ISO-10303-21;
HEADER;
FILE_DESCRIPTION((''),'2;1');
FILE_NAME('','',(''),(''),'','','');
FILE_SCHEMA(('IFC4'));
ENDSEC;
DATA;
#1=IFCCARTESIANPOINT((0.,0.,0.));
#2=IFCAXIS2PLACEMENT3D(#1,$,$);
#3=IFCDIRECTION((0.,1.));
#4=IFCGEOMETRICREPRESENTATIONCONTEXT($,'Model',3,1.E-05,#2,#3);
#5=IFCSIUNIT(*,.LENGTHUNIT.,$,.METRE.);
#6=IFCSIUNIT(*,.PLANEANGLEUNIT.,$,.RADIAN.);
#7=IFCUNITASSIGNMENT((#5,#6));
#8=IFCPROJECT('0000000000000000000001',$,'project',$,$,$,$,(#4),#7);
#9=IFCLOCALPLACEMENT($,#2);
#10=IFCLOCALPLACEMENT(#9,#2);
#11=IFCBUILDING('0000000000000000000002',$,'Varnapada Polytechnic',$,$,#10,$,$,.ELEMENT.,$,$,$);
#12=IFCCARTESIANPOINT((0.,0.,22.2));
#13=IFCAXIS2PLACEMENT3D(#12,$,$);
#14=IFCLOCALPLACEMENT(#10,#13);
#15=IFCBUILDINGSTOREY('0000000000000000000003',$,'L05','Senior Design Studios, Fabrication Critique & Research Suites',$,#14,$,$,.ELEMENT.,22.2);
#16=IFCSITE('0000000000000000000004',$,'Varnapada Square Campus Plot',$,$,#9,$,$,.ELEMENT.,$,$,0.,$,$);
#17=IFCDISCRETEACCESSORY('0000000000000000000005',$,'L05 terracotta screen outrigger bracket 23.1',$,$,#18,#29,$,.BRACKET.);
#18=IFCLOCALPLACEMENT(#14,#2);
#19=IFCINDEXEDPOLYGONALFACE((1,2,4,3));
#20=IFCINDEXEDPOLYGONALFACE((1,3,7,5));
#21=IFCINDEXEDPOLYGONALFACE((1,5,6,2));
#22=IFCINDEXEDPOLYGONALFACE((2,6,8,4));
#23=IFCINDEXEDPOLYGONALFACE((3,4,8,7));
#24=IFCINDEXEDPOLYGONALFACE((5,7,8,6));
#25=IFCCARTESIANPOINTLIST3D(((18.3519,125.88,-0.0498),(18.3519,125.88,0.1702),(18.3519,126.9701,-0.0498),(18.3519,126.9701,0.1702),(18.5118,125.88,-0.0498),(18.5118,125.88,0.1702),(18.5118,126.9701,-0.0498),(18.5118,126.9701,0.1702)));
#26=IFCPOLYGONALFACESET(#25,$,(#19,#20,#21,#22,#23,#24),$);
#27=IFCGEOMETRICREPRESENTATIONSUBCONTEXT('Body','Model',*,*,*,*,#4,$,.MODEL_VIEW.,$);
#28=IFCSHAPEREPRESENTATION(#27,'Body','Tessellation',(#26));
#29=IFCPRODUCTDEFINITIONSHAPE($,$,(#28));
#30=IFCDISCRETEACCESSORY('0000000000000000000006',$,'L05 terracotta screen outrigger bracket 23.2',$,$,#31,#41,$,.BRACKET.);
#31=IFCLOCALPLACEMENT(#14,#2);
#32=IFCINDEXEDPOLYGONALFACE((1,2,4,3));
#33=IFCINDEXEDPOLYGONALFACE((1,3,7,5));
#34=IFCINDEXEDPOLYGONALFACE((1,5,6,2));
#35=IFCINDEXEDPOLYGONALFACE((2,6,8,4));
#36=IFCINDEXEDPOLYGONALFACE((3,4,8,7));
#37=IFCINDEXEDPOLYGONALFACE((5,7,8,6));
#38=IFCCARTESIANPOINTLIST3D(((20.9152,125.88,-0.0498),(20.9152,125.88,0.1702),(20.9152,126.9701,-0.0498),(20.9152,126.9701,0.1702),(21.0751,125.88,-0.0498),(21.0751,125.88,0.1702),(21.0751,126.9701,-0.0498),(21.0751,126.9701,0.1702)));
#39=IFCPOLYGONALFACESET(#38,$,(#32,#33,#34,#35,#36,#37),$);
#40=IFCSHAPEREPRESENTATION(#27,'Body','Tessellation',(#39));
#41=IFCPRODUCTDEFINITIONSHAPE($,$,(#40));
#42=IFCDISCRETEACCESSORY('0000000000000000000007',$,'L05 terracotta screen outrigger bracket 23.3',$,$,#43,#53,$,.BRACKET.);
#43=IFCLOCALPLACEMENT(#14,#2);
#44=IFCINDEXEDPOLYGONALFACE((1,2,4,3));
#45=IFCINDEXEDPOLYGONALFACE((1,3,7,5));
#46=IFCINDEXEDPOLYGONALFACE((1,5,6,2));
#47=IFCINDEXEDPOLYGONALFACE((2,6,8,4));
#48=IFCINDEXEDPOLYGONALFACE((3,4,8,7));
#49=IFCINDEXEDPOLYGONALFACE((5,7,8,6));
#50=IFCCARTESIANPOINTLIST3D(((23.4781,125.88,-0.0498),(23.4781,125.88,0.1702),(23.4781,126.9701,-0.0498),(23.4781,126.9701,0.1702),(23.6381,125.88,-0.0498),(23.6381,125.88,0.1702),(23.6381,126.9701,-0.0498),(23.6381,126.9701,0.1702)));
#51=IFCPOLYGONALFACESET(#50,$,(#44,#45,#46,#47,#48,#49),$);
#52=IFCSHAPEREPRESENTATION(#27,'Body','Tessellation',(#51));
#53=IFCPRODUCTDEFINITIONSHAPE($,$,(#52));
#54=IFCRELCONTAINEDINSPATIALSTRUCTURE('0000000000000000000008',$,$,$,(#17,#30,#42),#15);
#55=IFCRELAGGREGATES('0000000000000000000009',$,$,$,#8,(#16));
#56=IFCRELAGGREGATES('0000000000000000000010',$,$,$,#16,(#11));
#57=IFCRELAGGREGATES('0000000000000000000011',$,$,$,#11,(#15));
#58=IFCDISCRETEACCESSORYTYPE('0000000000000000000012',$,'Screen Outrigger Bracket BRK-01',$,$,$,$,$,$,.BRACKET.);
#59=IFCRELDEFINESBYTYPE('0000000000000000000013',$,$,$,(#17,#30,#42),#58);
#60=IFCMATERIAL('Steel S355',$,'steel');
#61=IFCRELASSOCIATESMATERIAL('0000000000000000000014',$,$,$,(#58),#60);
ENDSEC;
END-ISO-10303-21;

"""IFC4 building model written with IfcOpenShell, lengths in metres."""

from ifc_helpers import new_model, si_unit, direction, frame, origin, origin_2d, place, context, subcontext, project, spatial, rectangle, extrude, material, type_object, element, save


model = new_model("IFC4")

# Units and contexts
model_context = context("Model", 3, precision=1e-05, world=origin(), true_north=direction((0.0, 1.0)))
body_context = subcontext(model_context, "Body", "Model", "MODEL_VIEW")
ifc_project = project(units=[si_unit("LENGTHUNIT", "METRE"), si_unit("PLANEANGLEUNIT", "RADIAN")], contexts=[model_context])

# Site, building, storey
site_placement = place(None, origin())
site = spatial("IfcSite", under=ifc_project, at=site_placement, Name="Varnapada Square Campus Plot", CompositionType="ELEMENT", RefElevation=0.0)
building_placement = place(site_placement, origin())
building = spatial("IfcBuilding", under=site, at=building_placement, Name="Varnapada Polytechnic", CompositionType="ELEMENT")
storey_placement = place(building_placement, frame((0.0, 0.0, 22.2)))
storey = spatial("IfcBuildingStorey", under=building, at=storey_placement, Name="L05", Description="Senior Design Studios, Fabrication Critique & Research Suites", CompositionType="ELEMENT", Elevation=22.2)

# Discrete accessories
ifc_material_1 = material(Name="Steel S355", Category="steel")
discrete_accessory_type = type_object("IfcDiscreteAccessoryType", Name="Screen Outrigger Bracket BRK-01", PredefinedType="BRACKET", material=ifc_material_1)
for number, where, z_axis, x_axis, name in (
    (1, (18.4319, 126.425, -0.0498), (0.0, 0.0, 1.0), (1.0, 0.0, 0.0), "L05 terracotta screen outrigger bracket 23.1"),
    (2, (20.9951, 126.425, -0.0498), (0.0, 0.0, 1.0), (1.0, 0.0, 0.0), "L05 terracotta screen outrigger bracket 23.2"),
    (3, (23.5581, 126.425, -0.0498), (0.0, 0.0, 1.0), (1.0, 0.0, 0.0), "L05 terracotta screen outrigger bracket 23.3"),
):
    element("IfcDiscreteAccessory", number, at=place(storey_placement, frame(where, z_axis=z_axis, x_axis=x_axis)), inside=storey, type_object=discrete_accessory_type, Name=name, PredefinedType="BRACKET", context=body_context, shape_type="SweptSolid", body=[
        extrude(rectangle(XDim=0.1599, YDim=1.0901, at=origin_2d()), origin(), (0.0, 0.0, 1.0), 0.22),
    ])

save(model, "model.ifc")
